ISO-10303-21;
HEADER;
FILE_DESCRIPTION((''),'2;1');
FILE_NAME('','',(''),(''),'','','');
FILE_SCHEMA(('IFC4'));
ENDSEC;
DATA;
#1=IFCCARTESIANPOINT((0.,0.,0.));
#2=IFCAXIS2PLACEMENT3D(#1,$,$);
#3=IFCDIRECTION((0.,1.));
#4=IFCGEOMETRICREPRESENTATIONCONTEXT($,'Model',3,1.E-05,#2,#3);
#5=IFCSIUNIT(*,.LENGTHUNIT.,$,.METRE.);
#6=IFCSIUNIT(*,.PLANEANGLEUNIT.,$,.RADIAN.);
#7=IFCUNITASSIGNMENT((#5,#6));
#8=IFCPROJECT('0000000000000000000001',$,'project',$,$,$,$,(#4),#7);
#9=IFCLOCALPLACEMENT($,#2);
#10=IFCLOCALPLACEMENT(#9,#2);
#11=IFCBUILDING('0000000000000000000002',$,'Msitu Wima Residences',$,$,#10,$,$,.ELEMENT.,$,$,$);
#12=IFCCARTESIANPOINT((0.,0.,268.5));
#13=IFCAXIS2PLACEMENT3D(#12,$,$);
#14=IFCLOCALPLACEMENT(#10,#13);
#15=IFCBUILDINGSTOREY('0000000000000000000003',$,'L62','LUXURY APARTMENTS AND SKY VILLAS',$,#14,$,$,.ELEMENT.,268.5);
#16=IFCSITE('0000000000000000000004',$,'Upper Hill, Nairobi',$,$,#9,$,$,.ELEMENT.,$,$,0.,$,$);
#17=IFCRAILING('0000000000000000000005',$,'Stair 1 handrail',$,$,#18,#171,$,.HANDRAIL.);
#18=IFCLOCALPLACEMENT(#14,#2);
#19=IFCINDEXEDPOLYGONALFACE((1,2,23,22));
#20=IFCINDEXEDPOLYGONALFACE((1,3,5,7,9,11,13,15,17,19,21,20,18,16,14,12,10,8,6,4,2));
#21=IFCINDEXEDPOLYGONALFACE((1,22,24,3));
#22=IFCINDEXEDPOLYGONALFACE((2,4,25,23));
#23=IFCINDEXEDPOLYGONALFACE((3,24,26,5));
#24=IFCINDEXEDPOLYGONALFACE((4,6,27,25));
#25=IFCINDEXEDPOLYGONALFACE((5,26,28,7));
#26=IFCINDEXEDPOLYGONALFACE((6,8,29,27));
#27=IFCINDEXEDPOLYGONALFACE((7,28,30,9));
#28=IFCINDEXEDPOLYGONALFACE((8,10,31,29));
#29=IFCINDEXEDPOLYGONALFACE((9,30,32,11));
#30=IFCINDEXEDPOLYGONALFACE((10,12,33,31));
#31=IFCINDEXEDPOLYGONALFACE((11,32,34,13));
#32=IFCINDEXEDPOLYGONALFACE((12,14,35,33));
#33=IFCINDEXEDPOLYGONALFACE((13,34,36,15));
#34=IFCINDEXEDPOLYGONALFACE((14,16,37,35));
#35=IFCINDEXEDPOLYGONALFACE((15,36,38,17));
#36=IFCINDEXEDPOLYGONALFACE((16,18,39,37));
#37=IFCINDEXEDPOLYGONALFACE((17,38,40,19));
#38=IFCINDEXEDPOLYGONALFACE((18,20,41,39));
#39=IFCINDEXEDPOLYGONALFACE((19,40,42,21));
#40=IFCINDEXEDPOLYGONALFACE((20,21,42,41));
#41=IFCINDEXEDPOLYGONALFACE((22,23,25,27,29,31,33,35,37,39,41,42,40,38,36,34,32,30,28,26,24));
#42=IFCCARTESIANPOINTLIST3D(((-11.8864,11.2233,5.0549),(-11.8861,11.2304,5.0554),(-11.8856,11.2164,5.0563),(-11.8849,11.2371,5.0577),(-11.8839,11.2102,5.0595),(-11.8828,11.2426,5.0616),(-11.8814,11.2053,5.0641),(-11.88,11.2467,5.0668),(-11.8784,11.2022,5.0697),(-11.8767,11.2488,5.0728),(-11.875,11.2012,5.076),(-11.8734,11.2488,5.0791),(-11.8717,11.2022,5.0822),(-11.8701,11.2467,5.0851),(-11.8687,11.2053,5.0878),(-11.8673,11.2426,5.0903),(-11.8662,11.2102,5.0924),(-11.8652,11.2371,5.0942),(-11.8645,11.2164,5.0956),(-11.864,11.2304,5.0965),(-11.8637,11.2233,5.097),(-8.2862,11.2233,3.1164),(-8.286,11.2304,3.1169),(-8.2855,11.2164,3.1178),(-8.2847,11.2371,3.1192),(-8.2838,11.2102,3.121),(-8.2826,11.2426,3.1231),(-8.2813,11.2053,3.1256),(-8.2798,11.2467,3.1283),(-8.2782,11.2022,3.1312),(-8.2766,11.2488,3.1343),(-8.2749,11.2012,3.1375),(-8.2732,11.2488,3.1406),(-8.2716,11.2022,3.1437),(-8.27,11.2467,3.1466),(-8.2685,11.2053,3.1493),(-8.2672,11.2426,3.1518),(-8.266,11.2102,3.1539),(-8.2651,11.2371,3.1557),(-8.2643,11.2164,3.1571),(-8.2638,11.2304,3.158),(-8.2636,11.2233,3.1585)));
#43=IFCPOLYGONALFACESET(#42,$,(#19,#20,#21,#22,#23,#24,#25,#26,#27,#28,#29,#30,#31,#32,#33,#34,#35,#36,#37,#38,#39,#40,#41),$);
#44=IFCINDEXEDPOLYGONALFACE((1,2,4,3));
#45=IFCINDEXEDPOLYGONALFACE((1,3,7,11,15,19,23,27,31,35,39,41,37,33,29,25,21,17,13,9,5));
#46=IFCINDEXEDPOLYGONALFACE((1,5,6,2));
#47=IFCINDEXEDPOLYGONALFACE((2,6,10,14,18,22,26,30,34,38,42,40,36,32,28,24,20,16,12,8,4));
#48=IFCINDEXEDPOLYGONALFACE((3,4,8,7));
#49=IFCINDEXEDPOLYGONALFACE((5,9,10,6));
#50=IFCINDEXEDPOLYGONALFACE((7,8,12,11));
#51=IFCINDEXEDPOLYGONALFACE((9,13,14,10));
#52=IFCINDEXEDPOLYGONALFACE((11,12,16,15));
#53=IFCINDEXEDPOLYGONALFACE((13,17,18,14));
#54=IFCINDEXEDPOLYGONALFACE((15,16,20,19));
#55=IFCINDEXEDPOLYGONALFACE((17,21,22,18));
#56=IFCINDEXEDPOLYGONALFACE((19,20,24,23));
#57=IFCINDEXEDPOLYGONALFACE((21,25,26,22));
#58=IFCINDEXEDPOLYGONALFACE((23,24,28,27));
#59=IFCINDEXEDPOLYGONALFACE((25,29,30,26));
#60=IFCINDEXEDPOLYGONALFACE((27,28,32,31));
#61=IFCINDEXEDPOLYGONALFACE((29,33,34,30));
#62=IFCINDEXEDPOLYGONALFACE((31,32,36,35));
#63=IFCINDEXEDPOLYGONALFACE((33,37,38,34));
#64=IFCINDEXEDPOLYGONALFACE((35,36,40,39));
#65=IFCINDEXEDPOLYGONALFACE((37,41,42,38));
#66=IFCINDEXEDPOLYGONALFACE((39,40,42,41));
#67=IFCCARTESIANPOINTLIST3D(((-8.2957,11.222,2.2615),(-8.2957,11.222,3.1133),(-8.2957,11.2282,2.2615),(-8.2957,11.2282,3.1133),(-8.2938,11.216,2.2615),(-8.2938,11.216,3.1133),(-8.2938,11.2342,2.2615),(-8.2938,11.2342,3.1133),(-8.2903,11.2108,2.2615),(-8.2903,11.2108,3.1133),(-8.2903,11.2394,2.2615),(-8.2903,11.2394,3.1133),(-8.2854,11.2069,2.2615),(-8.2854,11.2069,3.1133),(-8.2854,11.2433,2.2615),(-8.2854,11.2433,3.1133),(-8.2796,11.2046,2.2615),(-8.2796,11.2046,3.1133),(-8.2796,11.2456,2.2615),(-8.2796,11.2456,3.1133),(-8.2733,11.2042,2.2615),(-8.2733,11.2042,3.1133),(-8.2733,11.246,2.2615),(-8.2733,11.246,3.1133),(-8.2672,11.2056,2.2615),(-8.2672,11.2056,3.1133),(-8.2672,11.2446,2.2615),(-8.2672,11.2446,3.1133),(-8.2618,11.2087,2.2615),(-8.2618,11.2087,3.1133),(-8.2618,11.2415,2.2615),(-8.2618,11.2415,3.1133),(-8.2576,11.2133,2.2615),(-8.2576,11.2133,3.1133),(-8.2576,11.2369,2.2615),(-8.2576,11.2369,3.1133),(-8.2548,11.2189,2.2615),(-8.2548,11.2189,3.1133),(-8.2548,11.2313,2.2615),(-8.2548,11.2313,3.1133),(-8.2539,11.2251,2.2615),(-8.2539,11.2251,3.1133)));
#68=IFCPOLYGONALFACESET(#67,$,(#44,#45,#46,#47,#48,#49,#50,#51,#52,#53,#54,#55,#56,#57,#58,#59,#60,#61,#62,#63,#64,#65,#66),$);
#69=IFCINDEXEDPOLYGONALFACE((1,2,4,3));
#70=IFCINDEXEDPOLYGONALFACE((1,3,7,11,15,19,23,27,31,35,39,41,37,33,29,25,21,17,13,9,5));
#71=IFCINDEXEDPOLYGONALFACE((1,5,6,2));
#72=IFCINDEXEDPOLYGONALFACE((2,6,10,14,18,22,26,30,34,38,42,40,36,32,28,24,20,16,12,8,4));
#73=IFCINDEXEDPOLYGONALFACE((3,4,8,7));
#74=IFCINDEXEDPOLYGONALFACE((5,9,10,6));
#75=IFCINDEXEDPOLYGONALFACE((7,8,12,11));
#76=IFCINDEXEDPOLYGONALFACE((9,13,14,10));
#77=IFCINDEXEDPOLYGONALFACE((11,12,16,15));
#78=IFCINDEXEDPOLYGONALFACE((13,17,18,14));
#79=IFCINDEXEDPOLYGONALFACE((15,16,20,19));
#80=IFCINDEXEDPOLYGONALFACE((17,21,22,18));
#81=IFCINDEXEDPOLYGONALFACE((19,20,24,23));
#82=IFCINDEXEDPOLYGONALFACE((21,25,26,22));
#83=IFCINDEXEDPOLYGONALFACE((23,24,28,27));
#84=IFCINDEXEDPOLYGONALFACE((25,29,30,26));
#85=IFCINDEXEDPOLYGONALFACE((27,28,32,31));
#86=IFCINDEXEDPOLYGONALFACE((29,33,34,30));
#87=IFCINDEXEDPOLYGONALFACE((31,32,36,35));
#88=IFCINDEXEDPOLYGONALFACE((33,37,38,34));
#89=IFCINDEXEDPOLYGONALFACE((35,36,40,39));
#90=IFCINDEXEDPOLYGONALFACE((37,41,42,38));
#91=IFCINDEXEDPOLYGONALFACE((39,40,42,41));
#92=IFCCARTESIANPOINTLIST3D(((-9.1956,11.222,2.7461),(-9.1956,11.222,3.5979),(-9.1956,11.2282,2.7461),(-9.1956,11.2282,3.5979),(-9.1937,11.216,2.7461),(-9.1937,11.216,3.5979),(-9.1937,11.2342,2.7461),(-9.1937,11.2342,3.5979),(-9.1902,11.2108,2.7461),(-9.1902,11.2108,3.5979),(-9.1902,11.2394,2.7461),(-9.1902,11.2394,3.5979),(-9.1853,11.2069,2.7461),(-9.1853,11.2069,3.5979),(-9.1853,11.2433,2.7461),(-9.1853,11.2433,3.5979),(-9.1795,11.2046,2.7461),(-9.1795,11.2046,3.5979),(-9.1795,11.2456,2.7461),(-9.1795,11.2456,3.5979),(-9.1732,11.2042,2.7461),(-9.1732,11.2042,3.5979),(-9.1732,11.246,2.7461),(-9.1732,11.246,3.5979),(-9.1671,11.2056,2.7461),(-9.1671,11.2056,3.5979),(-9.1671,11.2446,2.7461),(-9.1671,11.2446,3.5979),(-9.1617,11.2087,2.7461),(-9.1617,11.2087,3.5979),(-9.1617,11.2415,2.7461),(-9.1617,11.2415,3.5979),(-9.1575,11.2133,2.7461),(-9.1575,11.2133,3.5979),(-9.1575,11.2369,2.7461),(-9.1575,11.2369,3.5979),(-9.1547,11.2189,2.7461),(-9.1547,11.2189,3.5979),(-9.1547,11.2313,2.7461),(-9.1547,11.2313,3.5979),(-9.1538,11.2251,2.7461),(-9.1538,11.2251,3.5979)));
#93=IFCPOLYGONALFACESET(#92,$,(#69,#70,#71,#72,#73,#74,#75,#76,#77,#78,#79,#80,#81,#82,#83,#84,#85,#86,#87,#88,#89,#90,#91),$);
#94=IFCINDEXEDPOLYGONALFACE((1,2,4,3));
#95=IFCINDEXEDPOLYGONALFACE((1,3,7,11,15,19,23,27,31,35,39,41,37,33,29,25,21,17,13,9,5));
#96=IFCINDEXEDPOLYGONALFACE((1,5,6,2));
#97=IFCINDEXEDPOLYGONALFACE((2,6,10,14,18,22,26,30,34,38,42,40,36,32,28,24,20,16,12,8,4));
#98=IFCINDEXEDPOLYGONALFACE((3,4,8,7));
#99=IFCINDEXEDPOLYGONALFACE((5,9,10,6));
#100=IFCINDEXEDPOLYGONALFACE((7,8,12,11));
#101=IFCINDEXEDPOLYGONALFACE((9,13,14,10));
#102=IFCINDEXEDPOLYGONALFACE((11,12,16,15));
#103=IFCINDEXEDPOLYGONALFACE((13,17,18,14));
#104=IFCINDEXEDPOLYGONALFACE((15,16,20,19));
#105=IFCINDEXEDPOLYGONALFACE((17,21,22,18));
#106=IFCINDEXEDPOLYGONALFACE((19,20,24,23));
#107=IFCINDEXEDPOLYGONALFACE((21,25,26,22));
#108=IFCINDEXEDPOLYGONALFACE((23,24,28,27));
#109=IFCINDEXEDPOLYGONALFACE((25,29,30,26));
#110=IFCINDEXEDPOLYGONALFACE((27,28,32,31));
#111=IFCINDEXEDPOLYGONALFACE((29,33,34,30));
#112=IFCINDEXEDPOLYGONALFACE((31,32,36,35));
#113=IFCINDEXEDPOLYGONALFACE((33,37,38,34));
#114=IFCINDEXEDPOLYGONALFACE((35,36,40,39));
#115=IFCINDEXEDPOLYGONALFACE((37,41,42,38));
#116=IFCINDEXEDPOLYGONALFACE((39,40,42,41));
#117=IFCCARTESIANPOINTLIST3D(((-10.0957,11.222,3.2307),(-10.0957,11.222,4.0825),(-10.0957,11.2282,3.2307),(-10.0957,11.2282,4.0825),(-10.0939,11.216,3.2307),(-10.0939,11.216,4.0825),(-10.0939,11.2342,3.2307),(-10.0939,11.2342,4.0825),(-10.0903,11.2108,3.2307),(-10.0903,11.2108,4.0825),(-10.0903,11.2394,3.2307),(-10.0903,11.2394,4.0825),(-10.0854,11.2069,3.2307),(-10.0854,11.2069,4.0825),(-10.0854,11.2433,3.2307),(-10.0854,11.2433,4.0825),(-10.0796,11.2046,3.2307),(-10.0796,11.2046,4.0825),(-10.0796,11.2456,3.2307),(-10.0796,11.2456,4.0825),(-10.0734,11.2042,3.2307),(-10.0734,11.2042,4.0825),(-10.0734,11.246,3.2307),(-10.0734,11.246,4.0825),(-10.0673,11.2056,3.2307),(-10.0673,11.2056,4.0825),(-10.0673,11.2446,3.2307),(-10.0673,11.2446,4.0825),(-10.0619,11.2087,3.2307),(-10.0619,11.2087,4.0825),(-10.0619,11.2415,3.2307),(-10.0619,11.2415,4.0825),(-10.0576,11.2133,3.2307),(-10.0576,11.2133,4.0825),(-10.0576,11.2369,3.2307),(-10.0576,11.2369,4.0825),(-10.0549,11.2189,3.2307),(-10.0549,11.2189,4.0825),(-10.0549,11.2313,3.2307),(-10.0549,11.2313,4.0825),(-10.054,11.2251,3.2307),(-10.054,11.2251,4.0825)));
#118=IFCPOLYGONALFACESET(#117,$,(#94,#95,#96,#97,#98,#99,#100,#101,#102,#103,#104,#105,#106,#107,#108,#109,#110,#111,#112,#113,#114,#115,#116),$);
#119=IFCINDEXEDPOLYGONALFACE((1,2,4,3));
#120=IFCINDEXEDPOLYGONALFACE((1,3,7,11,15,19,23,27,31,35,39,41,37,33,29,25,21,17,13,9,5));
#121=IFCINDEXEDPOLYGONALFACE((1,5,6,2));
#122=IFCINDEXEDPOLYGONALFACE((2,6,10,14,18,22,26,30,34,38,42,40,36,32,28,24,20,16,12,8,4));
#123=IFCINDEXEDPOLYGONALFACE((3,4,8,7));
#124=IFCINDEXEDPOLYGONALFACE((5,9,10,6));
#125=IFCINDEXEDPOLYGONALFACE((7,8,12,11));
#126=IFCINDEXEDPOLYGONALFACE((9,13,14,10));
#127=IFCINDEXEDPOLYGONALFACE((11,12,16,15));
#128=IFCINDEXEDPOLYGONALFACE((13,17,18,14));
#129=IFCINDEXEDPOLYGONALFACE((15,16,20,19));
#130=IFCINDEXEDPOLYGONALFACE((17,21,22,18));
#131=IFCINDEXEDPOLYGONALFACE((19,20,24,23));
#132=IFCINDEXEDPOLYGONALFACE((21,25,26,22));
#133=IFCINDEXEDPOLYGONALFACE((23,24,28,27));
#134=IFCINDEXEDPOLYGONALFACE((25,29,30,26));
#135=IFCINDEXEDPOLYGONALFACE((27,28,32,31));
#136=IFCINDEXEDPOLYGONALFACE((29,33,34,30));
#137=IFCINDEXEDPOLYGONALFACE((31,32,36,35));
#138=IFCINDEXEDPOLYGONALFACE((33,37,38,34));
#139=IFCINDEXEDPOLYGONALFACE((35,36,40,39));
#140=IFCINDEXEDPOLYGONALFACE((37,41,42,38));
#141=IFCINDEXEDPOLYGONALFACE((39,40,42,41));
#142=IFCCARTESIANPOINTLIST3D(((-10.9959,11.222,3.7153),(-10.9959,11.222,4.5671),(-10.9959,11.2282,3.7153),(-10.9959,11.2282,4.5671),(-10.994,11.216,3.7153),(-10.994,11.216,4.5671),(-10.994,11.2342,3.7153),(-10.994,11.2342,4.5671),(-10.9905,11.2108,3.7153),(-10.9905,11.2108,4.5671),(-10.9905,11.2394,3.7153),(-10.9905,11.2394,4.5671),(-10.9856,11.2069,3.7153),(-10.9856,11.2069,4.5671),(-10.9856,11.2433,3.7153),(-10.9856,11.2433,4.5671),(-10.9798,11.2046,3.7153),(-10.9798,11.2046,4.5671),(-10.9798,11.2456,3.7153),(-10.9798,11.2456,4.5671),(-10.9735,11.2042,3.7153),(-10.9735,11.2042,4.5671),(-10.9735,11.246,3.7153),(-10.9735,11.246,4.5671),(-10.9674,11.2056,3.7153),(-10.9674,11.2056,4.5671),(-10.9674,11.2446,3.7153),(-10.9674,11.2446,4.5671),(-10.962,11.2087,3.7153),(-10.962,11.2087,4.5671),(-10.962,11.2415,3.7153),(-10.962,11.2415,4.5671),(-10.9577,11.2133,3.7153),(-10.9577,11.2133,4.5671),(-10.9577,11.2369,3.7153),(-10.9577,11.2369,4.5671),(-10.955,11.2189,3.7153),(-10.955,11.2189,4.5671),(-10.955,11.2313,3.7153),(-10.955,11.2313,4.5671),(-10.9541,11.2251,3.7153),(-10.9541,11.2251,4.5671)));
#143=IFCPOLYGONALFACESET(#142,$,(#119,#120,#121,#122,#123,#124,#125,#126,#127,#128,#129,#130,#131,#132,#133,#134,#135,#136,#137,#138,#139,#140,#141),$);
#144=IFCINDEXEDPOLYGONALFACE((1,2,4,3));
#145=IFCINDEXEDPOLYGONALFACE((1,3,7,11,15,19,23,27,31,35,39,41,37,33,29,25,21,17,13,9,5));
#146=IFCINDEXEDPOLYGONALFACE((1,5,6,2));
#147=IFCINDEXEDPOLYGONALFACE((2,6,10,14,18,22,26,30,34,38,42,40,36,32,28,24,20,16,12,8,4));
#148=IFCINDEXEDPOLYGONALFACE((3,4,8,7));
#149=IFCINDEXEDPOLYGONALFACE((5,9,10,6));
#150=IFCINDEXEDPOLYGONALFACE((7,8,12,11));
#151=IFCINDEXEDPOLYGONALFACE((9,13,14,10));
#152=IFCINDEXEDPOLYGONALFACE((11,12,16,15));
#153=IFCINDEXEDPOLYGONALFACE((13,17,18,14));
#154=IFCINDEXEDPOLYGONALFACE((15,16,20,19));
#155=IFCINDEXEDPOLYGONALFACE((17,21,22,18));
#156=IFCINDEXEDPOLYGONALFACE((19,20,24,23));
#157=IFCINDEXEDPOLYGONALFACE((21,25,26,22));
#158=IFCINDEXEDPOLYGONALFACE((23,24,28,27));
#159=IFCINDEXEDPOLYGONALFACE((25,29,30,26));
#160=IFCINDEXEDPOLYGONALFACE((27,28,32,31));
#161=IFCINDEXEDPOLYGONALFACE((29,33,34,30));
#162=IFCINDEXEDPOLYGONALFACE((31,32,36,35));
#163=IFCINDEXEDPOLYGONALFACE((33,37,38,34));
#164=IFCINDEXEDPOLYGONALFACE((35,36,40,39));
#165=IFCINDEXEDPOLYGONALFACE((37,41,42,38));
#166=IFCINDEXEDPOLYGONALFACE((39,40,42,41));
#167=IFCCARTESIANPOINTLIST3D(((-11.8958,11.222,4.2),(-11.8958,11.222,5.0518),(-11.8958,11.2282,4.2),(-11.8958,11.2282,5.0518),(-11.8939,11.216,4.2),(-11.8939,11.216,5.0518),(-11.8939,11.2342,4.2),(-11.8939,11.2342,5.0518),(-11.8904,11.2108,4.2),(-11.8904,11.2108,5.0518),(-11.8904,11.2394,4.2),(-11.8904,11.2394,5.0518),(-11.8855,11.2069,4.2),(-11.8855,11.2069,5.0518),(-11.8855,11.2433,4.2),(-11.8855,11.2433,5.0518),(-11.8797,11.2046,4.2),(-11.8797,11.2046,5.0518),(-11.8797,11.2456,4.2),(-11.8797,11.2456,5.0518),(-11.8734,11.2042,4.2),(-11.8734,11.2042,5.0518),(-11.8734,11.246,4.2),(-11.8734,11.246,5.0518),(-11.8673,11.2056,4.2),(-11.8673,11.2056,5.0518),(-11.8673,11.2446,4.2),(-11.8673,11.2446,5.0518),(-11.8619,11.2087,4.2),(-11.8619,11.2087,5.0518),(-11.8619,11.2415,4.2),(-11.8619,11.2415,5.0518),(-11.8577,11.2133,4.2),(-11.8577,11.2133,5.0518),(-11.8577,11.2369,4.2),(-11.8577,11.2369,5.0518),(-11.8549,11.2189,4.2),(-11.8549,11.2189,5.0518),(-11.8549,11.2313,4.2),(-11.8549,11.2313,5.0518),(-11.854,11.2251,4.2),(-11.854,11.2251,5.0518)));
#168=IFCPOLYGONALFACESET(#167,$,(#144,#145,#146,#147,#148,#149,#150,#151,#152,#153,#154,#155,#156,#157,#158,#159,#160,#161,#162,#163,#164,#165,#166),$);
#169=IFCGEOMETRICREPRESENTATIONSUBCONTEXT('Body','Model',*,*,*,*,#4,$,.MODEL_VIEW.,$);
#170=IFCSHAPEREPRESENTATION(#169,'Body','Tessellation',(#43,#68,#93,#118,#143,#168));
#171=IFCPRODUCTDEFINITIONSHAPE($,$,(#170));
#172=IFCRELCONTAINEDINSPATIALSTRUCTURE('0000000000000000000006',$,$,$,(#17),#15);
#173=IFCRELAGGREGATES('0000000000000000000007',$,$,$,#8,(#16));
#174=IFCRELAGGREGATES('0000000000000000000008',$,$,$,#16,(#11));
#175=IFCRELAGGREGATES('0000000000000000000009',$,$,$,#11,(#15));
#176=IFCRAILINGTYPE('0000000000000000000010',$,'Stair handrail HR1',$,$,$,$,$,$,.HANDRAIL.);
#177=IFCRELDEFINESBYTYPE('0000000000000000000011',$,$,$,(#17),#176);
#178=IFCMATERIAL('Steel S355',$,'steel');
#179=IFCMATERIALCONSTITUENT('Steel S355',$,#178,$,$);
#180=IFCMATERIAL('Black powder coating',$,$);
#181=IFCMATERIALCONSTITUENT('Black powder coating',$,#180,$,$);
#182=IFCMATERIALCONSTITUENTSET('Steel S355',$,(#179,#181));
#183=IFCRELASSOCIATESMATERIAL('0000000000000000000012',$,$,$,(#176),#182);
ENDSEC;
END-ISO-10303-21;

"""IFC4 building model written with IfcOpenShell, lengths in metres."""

from ifc_helpers import new_model, si_unit, direction, frame, origin, origin_2d, place, context, subcontext, project, spatial, circle, extrude, material, constituent, constituent_set, type_object, element, save


model = new_model("IFC4")

# Units and contexts
model_context = context("Model", 3, precision=1e-05, world=origin(), true_north=direction((0.0, 1.0)))
body_context = subcontext(model_context, "Body", "Model", "MODEL_VIEW")
ifc_project = project(units=[si_unit("LENGTHUNIT", "METRE"), si_unit("PLANEANGLEUNIT", "RADIAN")], contexts=[model_context])

# Site, building, storey
site_placement = place(None, origin())
site = spatial("IfcSite", under=ifc_project, at=site_placement, Name="Upper Hill, Nairobi", CompositionType="ELEMENT", RefElevation=0.0)
building_placement = place(site_placement, origin())
building = spatial("IfcBuilding", under=site, at=building_placement, Name="Msitu Wima Residences", CompositionType="ELEMENT")
storey_placement = place(building_placement, frame((0.0, 0.0, 268.5)))
storey = spatial("IfcBuildingStorey", under=building, at=storey_placement, Name="L62", Description="LUXURY APARTMENTS AND SKY VILLAS", CompositionType="ELEMENT", Elevation=268.5)

# Railing
ifc_material_1 = material(Name="Steel S355", Category="steel")
ifc_constituent_1 = constituent(ifc_material_1, Name="Steel S355")
ifc_material_2 = material(Name="Black powder coating")
ifc_constituent_2 = constituent(ifc_material_2, Name="Black powder coating")
ifc_constituent_set = constituent_set(constituents=[ifc_constituent_1, ifc_constituent_2], Name="Steel S355")
railing_type = type_object("IfcRailingType", Name="Stair handrail HR1", PredefinedType="HANDRAIL", material=ifc_constituent_set)
for number, where, name in (
    (1, (-8.2749, 11.2251, 2.2615), "Stair 1 handrail"),
):
    element("IfcRailing", number, at=place(storey_placement, frame(where)), inside=storey, type_object=railing_type, Name=name, PredefinedType="HANDRAIL", context=body_context, shape_type="SweptSolid", body=[
        extrude(circle(Radius=0.0239, at=origin_2d()), frame((0.0, 0.0, 0.876), z_axis=(-0.880475, 0.0, 0.474093), x_axis=(0.0, -1.0, 0.0)), (0.0, 0.0, 1.0), 4.0889),
        extrude(circle(Radius=0.021, at=origin_2d()), origin(), (0.0, 0.0, 1.0), 0.8518),
        extrude(circle(Radius=0.021, at=origin_2d()), frame((-0.8999, 0.0, 0.4846)), (0.0, 0.0, 1.0), 0.8518),
        extrude(circle(Radius=0.021, at=origin_2d()), frame((-1.8, 0.0, 0.9692)), (0.0, 0.0, 1.0), 0.8518),
        extrude(circle(Radius=0.021, at=origin_2d()), frame((-2.7002, 0.0, 1.4539)), (0.0, 0.0, 1.0), 0.8518),
        extrude(circle(Radius=0.021, at=origin_2d()), frame((-3.6001, 0.0, 1.9385)), (0.0, 0.0, 1.0), 0.8518),
    ])

save(model, "model.ifc")
